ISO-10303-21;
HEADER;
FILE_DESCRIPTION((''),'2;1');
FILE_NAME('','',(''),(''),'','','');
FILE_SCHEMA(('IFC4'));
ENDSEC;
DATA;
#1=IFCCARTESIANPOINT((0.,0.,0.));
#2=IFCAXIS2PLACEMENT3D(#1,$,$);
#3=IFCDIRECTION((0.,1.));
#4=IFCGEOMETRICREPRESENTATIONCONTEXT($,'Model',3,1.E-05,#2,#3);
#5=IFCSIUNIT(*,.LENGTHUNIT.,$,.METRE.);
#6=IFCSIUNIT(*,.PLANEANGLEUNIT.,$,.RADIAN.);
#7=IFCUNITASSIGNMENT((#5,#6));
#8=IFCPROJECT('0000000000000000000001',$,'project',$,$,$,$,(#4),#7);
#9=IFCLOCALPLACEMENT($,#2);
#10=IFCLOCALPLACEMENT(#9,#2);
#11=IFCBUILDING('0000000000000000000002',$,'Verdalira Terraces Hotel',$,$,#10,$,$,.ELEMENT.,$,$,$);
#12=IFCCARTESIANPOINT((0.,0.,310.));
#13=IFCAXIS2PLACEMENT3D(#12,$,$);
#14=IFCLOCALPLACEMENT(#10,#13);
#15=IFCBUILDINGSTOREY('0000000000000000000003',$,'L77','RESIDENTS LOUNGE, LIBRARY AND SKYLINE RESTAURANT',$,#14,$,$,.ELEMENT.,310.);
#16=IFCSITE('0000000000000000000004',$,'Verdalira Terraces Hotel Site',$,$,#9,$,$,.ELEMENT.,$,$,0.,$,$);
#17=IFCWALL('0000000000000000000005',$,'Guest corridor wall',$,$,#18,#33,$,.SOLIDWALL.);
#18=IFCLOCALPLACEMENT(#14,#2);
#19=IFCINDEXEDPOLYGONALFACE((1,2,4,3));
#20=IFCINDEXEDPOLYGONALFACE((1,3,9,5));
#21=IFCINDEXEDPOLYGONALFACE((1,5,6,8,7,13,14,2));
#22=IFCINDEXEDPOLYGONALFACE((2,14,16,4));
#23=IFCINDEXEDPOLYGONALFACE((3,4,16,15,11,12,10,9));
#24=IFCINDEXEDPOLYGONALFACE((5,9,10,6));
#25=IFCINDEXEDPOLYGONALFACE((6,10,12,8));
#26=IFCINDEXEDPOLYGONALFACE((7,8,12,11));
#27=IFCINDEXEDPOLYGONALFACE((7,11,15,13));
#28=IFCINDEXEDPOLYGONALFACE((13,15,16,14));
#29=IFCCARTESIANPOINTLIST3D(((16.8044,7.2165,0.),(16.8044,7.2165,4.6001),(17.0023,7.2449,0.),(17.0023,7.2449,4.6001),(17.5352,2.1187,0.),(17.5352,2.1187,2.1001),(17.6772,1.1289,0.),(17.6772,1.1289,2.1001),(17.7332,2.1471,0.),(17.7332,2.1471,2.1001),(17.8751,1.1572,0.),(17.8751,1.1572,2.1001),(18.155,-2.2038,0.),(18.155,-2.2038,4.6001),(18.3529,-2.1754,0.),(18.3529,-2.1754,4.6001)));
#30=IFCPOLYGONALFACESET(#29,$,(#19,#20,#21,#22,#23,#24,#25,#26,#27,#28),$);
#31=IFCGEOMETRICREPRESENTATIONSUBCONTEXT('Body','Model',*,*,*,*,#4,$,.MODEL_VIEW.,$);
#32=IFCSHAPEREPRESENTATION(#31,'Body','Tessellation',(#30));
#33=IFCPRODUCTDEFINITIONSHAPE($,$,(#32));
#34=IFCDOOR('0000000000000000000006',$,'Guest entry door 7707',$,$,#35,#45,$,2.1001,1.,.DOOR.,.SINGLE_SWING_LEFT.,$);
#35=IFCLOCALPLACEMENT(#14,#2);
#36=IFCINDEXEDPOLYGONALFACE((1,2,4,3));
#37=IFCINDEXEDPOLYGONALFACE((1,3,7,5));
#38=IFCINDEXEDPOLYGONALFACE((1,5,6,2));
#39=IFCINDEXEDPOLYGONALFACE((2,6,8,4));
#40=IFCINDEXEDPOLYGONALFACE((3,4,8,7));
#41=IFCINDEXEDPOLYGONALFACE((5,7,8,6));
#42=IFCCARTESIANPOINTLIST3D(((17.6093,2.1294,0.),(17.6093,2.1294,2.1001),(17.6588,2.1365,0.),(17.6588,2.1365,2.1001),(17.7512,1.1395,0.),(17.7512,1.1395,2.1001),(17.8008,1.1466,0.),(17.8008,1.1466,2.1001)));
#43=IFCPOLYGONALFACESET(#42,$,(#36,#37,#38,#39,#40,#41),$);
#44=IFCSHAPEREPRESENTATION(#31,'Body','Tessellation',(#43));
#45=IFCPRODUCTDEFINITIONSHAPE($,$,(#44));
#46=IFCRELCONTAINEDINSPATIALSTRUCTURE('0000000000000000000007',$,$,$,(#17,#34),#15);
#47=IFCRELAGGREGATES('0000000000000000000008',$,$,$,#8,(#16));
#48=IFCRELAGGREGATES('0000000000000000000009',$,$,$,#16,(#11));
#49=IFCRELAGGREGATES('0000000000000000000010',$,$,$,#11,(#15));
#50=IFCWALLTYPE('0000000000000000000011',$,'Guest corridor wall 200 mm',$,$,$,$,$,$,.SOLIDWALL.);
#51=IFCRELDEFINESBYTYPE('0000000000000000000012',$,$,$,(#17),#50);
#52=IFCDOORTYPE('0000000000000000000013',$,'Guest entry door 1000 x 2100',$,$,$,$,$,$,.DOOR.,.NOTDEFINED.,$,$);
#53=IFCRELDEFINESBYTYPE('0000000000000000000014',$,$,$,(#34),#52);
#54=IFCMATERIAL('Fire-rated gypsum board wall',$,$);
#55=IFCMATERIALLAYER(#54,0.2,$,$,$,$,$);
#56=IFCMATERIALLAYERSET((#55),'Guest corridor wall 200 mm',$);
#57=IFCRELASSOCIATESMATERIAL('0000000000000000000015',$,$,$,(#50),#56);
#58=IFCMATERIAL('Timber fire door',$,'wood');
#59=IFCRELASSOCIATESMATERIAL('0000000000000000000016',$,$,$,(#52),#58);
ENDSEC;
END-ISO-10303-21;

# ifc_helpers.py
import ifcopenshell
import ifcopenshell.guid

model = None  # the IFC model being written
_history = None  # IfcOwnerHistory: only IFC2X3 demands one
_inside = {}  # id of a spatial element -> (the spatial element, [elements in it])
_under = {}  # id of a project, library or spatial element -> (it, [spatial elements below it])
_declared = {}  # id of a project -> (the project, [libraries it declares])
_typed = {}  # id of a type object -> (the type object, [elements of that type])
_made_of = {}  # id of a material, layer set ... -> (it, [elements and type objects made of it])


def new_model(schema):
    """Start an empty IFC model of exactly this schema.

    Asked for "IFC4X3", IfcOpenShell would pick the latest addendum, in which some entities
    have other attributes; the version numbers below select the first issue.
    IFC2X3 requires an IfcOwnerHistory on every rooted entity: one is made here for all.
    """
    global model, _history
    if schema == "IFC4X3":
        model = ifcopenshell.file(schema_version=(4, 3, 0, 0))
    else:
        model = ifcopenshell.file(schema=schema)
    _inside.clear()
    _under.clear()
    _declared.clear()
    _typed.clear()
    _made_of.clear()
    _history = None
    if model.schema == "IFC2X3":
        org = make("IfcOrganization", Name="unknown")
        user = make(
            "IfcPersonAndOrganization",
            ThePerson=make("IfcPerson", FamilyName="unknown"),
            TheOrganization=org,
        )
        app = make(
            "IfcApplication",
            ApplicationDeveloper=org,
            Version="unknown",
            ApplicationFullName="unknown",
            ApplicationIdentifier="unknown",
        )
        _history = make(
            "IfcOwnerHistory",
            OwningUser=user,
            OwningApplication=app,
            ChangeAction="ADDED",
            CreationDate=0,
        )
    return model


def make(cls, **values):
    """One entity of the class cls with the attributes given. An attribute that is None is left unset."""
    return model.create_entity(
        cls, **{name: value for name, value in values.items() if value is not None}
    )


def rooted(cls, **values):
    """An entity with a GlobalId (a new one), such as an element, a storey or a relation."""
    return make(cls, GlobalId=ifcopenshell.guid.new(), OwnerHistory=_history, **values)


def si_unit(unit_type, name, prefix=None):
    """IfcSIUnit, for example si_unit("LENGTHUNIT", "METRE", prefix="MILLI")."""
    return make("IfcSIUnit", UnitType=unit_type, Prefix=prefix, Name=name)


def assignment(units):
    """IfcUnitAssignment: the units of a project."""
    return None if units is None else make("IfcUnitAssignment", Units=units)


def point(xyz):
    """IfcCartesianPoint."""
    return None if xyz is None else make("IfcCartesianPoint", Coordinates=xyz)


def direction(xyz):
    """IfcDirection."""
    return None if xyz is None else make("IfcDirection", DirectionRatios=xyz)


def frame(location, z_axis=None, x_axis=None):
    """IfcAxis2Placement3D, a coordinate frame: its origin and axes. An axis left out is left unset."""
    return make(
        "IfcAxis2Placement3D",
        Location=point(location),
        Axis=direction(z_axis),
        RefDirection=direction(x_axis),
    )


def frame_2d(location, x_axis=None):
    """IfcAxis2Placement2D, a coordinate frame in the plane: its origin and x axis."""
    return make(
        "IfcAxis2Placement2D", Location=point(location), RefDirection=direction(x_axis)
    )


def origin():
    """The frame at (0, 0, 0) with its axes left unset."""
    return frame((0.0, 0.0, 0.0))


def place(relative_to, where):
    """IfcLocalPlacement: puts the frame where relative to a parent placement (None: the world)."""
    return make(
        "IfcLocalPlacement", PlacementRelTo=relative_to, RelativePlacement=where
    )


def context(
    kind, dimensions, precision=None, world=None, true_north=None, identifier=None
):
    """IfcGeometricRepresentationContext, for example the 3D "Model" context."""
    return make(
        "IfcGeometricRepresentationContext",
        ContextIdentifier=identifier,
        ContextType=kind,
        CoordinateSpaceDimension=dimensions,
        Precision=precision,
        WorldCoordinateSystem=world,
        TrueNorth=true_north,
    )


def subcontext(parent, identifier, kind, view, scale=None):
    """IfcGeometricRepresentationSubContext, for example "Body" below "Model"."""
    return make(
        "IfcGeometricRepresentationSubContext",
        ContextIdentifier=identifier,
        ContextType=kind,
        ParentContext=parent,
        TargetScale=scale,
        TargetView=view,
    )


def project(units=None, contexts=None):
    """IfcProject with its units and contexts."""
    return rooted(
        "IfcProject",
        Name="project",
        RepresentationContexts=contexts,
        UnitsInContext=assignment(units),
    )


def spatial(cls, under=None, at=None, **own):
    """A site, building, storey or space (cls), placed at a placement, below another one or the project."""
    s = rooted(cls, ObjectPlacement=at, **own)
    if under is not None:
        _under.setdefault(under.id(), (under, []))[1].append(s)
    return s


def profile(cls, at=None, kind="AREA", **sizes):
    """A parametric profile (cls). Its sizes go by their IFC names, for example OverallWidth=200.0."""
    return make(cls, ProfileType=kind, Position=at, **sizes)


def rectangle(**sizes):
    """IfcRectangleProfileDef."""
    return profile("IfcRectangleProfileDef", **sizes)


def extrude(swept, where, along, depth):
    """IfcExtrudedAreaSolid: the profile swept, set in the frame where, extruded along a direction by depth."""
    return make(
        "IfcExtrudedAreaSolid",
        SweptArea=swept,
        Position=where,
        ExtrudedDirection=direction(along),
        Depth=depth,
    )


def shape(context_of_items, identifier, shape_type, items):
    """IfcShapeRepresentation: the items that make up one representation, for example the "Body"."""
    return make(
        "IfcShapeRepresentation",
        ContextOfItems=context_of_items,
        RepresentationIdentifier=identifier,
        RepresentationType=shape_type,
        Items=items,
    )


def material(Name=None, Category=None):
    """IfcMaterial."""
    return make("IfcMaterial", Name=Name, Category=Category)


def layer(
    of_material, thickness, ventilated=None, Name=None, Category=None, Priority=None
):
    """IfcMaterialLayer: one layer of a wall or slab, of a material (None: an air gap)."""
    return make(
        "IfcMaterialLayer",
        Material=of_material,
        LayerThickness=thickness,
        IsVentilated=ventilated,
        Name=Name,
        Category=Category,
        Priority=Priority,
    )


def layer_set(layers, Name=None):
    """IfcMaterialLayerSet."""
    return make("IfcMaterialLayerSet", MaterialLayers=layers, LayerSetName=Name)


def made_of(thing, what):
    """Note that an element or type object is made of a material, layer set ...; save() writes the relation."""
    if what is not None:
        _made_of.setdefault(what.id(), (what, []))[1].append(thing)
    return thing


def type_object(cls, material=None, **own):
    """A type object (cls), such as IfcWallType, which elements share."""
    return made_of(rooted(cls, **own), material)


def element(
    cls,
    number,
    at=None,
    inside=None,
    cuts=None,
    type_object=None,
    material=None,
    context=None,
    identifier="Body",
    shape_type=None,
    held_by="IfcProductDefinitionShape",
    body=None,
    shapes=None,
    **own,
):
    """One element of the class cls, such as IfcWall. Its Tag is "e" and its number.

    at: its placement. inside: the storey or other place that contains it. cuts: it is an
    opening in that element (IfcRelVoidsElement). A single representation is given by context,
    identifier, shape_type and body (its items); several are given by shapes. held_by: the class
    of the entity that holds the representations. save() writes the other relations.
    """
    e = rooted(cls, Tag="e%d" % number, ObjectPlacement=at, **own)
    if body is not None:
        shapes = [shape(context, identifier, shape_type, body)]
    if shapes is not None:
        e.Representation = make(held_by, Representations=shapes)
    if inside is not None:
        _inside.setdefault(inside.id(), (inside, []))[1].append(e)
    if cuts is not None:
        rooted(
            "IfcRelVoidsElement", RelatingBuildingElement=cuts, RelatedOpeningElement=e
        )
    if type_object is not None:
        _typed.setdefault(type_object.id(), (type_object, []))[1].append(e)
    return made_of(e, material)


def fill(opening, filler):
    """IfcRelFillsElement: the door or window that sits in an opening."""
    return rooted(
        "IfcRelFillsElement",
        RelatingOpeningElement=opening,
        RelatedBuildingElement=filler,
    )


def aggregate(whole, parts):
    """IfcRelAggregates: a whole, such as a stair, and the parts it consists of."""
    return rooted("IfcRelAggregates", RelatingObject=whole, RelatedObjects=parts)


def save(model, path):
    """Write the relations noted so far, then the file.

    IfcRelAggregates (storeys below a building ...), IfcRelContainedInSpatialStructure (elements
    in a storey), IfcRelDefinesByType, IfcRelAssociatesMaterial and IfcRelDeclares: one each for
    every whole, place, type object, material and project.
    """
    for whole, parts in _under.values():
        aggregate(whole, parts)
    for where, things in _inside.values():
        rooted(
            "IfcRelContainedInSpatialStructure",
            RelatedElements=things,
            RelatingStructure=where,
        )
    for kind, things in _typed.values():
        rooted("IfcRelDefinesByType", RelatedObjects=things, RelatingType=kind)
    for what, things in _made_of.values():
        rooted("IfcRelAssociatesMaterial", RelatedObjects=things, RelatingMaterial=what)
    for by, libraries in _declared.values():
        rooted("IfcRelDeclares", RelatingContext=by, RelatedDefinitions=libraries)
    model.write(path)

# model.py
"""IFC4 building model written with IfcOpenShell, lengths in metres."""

from ifc_helpers import new_model, si_unit, direction, frame, frame_2d, origin, place, context, subcontext, project, spatial, rectangle, extrude, material, layer, layer_set, type_object, element, fill, save


model = new_model("IFC4")

# Units and contexts
model_context = context("Model", 3, precision=1e-05, world=origin(), true_north=direction((0.0, 1.0)))
body_context = subcontext(model_context, "Body", "Model", "MODEL_VIEW")
ifc_project = project(units=[si_unit("LENGTHUNIT", "METRE"), si_unit("PLANEANGLEUNIT", "RADIAN")], contexts=[model_context])

# Site, building, storey
site_placement = place(None, origin())
site = spatial("IfcSite", under=ifc_project, at=site_placement, Name="Verdalira Terraces Hotel Site", CompositionType="ELEMENT", RefElevation=0.0)
building_placement = place(site_placement, origin())
building = spatial("IfcBuilding", under=site, at=building_placement, Name="Verdalira Terraces Hotel", CompositionType="ELEMENT")
storey_placement = place(building_placement, frame((0.0, 0.0, 310.0)))
storey = spatial("IfcBuildingStorey", under=building, at=storey_placement, Name="L77", Description="RESIDENTS LOUNGE, LIBRARY AND SKYLINE RESTAURANT", CompositionType="ELEMENT", Elevation=310.0)

# Wall, opening, door
ifc_material_1 = material(Name="Fire-rated gypsum board wall")
ifc_layer_1 = layer(ifc_material_1, 0.2)
ifc_layer_set_1 = layer_set([ifc_layer_1], Name="Guest corridor wall 200 mm")
wall_type_1 = type_object("IfcWallType", Name="Guest corridor wall 200 mm", PredefinedType="SOLIDWALL", material=ifc_layer_set_1)
wall_1_placement = place(storey_placement, frame((16.9033, 7.2307, 0.0), z_axis=(0.0, 0.0, 1.0), x_axis=(0.141921, -0.989878, 0.0)))
wall_1 = element("IfcWall", 1, at=wall_1_placement, inside=storey, type_object=wall_type_1, Name="Guest corridor wall", PredefinedType="SOLIDWALL", context=body_context, shape_type="SweptSolid", body=[
    extrude(rectangle(XDim=9.5166, YDim=0.2, at=frame_2d((4.7583, 0.0))), origin(), (0.0, 0.0, 1.0), 4.6001),
])
opening_1_placement = place(wall_1_placement, frame((5.1499, 0.0, 0.0)))
opening_1 = element("IfcOpeningElement", 2, at=opening_1_placement, cuts=wall_1, PredefinedType="OPENING", context=body_context, shape_type="SweptSolid", body=[
    extrude(rectangle(XDim=1.0, YDim=2.1001, at=frame_2d((0.5, 1.05))), frame((0.0, 0.1099, 0.0), z_axis=(0.0, -1.0, 0.0), x_axis=(1.0, 0.0, 0.0)), (0.0, 0.0, 1.0), 0.22),
])
ifc_material_2 = material(Name="Timber fire door", Category="wood")
door_type_1 = type_object("IfcDoorType", Name="Guest entry door 1000 x 2100", OperationType="NOTDEFINED", PredefinedType="DOOR", material=ifc_material_2)
door_1_placement = place(opening_1_placement, origin())
door_1 = element("IfcDoor", 3, at=door_1_placement, inside=storey, type_object=door_type_1, Name="Guest entry door 7707", OperationType="SINGLE_SWING_LEFT", OverallHeight=2.1001, OverallWidth=1.0, PredefinedType="DOOR", context=body_context, shape_type="SweptSolid", body=[
    extrude(rectangle(XDim=1.0, YDim=2.1001, at=frame_2d((0.5, 1.05))), frame((0.0, 0.0249, 0.0), z_axis=(0.0, -1.0, 0.0), x_axis=(1.0, 0.0, 0.0)), (0.0, 0.0, 1.0), 0.05),
])
fill(opening_1, door_1)

save(model, "model.ifc")
